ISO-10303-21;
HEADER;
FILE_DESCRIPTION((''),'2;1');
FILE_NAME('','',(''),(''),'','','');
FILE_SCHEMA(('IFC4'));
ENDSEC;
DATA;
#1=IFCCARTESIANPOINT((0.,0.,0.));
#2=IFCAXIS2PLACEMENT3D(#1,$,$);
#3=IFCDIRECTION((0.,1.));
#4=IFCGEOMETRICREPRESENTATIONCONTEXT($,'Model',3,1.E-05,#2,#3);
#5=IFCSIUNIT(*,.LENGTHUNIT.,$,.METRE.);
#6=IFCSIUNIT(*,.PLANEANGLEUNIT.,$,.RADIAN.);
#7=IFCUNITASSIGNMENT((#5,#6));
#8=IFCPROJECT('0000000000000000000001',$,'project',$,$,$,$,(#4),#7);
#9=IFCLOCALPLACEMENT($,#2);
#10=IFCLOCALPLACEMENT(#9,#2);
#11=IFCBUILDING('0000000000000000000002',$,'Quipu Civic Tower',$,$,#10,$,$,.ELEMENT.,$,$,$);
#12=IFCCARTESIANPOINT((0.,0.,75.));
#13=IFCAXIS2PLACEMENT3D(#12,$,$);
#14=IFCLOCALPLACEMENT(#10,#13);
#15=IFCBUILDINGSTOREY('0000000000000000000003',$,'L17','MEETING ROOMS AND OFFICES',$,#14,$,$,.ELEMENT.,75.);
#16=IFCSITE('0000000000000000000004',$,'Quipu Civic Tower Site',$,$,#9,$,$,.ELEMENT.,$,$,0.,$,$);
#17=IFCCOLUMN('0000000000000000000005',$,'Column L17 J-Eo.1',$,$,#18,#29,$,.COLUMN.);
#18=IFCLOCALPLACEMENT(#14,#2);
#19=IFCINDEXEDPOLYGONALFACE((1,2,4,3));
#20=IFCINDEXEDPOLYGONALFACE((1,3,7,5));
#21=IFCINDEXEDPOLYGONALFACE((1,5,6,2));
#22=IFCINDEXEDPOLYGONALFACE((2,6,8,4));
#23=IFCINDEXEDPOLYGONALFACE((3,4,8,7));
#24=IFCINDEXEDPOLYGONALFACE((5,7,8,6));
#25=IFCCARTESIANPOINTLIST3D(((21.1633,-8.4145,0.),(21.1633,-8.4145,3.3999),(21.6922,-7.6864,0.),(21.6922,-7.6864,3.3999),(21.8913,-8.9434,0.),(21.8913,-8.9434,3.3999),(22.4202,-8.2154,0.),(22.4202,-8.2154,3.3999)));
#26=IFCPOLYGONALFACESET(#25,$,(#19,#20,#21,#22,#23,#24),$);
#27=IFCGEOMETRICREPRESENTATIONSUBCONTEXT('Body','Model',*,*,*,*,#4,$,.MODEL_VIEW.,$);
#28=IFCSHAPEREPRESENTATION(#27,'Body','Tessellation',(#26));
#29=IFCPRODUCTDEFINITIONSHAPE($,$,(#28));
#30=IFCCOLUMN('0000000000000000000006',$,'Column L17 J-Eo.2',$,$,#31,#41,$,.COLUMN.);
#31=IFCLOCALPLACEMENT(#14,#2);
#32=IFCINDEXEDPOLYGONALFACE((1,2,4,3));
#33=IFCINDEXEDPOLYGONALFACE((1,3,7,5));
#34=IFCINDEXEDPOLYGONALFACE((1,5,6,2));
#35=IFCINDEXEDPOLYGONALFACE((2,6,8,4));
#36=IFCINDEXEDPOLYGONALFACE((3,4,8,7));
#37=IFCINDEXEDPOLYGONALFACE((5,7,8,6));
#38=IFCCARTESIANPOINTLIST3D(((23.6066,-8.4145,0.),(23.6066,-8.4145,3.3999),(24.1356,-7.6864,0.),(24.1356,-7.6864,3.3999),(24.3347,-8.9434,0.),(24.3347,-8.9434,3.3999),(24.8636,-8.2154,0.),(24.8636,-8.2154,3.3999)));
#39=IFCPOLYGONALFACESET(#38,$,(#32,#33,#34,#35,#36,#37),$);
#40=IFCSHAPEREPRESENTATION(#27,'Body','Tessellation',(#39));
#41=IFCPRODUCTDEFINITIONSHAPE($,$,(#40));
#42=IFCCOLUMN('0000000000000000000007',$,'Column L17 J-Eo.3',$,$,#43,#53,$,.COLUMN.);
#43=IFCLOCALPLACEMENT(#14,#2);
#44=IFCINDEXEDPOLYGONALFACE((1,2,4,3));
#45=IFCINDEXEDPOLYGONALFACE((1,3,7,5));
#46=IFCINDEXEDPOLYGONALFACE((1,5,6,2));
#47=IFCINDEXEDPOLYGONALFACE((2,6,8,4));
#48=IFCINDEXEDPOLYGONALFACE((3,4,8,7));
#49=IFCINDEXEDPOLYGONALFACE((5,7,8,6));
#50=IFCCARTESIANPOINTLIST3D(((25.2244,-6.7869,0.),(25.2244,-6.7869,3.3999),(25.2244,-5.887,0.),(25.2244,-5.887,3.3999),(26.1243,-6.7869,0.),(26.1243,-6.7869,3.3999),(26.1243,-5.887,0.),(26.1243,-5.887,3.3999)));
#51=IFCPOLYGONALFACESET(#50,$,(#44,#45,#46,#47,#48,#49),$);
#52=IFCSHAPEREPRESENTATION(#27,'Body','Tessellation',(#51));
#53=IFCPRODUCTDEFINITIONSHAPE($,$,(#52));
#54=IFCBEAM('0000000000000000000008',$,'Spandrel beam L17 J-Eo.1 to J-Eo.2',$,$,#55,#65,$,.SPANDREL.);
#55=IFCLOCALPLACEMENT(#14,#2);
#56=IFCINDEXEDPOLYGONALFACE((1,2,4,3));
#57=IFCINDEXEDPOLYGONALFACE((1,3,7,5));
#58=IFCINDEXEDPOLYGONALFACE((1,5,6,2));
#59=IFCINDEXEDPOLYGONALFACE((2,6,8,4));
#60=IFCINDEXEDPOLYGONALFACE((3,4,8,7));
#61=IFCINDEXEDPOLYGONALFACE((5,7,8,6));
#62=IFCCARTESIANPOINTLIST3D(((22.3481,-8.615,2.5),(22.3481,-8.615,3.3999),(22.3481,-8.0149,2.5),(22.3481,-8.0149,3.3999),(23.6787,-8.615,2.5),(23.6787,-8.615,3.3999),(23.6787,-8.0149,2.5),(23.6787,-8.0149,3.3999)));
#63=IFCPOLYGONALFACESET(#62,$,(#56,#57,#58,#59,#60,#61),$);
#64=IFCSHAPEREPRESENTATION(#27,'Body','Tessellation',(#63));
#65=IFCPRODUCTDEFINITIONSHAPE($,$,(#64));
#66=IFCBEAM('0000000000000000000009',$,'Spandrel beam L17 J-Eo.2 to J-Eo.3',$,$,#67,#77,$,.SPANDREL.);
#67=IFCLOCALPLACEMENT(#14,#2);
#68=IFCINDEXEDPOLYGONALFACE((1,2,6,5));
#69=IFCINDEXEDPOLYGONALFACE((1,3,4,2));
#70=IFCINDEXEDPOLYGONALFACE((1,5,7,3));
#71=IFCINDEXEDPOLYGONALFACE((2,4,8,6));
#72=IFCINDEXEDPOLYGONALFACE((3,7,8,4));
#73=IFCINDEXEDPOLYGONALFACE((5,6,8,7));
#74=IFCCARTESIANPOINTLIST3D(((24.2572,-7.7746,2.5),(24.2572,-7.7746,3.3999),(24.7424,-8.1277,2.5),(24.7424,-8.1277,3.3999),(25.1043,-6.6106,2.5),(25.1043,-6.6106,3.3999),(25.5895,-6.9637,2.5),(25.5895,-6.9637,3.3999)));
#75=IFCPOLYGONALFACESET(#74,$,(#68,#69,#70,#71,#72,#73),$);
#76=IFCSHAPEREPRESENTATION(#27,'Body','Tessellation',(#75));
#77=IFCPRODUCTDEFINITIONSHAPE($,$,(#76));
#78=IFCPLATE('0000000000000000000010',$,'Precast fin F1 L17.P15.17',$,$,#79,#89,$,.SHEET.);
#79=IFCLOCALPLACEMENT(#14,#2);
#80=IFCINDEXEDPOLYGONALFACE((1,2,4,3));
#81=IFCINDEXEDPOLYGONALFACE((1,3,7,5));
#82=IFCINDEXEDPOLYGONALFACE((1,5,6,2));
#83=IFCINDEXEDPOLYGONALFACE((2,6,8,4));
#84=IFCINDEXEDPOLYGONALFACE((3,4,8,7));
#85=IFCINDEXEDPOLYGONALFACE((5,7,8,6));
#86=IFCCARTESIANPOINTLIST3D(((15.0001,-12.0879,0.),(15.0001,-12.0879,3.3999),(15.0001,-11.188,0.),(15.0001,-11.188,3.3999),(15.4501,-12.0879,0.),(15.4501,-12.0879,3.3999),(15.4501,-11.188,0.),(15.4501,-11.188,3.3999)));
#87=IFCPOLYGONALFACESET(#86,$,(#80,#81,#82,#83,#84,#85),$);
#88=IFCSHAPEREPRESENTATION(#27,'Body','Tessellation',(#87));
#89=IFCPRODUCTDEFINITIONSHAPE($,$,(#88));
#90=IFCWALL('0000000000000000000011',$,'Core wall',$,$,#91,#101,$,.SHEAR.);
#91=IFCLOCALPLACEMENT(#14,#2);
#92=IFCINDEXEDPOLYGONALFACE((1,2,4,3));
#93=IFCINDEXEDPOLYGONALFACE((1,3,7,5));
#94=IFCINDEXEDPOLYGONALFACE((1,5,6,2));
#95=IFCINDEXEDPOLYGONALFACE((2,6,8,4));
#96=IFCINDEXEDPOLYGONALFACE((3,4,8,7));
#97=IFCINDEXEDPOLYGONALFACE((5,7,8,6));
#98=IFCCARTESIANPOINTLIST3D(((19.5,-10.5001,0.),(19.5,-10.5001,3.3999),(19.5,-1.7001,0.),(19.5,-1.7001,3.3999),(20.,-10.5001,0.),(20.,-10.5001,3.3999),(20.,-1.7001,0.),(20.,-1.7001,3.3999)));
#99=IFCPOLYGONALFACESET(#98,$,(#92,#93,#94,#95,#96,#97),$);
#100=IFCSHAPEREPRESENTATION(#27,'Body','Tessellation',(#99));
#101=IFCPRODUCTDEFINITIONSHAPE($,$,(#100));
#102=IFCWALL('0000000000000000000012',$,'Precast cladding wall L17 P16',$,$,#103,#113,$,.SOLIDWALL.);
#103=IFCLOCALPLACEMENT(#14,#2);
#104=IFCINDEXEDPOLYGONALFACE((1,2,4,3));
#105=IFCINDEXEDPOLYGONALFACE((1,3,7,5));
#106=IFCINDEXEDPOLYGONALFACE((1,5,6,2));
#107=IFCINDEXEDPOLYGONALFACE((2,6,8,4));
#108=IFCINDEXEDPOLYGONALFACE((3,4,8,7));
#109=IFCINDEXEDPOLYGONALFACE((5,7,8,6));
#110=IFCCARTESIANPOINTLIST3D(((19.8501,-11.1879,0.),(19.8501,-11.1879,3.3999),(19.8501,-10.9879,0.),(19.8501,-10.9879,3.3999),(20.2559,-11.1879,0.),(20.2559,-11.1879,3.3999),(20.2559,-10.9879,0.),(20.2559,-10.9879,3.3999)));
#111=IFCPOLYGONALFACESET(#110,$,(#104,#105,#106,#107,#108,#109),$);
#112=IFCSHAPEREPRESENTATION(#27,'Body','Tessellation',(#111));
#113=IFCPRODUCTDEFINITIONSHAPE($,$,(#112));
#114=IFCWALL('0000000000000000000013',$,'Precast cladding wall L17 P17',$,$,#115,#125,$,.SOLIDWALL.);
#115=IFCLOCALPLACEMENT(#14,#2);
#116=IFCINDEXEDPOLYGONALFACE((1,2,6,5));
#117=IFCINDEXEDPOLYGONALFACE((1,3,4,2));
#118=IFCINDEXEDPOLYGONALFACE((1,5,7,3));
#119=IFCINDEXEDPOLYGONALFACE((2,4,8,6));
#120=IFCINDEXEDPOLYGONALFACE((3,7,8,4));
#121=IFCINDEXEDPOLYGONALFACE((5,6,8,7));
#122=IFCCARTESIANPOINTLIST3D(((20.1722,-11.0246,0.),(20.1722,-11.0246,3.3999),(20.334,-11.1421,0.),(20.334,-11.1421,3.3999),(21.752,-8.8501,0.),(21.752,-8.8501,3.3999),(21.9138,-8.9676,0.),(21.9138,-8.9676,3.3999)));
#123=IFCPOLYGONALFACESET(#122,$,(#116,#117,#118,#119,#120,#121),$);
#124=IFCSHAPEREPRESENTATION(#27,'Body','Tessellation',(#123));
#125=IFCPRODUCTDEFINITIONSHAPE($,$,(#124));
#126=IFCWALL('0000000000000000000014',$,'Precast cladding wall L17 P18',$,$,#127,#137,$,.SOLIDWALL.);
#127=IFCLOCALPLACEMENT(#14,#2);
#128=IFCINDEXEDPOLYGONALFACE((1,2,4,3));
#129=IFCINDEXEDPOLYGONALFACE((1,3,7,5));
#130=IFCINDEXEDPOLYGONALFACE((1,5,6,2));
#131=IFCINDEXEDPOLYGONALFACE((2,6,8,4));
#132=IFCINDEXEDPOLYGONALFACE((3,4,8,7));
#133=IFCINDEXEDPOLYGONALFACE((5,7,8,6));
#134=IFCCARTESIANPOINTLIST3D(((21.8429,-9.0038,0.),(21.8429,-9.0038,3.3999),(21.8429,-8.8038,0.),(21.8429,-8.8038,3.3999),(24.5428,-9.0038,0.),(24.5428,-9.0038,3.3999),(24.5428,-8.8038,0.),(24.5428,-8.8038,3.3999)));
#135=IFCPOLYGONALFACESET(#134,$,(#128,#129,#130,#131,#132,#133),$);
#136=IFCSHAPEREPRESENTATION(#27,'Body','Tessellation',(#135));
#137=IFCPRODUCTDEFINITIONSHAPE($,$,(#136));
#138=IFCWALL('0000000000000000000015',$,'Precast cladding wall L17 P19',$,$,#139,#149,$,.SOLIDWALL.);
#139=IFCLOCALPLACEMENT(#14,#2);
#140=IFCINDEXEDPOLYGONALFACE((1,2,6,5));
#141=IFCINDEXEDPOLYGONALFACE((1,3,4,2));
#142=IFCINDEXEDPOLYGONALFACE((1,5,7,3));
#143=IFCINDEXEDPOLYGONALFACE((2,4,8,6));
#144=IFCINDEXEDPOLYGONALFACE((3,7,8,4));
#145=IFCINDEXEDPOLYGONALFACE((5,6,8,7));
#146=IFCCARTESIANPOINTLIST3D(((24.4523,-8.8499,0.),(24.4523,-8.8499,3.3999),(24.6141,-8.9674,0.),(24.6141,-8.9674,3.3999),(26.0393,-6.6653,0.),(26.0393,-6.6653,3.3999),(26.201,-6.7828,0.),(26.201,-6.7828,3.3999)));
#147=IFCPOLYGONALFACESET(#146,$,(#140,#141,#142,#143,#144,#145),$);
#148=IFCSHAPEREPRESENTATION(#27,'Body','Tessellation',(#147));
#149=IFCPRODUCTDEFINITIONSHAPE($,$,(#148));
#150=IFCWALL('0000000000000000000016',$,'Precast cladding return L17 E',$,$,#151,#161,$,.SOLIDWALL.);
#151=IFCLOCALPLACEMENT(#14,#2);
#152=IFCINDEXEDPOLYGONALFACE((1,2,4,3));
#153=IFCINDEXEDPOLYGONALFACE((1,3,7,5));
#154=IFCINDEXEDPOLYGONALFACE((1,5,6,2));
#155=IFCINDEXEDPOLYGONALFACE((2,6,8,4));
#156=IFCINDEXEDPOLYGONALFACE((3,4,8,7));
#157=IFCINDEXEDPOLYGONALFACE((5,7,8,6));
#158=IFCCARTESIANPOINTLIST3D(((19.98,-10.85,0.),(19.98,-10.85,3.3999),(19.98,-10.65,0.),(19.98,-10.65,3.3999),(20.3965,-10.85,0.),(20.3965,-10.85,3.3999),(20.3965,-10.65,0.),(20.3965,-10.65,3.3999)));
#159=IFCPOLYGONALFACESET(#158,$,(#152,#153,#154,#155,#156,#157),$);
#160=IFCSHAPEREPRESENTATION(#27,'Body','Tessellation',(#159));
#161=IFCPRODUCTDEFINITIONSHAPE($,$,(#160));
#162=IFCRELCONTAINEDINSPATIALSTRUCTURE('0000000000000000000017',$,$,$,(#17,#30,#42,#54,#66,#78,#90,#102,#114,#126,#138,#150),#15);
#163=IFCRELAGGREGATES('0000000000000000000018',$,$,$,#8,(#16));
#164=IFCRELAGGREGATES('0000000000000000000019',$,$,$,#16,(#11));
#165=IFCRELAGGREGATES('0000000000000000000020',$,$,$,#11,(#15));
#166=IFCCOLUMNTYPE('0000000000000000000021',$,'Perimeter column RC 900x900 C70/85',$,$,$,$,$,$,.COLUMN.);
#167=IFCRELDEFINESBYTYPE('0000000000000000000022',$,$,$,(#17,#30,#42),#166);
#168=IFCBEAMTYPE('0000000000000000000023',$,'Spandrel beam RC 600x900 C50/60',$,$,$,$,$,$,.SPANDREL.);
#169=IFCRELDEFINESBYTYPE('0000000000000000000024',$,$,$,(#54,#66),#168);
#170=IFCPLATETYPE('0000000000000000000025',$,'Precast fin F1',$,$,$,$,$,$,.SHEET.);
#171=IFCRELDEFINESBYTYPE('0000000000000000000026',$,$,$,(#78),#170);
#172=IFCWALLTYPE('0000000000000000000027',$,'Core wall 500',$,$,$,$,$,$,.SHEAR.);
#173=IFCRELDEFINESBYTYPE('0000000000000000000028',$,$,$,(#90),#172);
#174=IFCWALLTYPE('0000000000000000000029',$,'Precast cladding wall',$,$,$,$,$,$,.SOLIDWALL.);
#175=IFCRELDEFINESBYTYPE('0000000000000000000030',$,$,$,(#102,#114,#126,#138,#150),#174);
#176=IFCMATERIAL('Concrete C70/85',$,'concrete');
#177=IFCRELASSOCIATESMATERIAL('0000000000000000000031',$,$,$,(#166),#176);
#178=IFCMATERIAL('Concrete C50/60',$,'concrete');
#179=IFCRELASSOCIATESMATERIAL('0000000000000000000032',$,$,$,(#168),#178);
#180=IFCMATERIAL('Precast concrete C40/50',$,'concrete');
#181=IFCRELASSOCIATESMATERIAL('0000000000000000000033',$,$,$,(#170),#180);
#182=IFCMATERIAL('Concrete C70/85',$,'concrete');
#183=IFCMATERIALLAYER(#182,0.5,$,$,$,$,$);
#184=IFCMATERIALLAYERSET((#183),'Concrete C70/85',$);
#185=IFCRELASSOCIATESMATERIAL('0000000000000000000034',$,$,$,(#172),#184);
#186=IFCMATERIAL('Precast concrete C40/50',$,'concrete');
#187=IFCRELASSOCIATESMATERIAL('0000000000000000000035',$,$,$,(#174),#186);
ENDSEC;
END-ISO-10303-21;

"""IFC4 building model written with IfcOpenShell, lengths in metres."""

from ifc_helpers import new_model, si_unit, direction, frame, frame_2d, origin, origin_2d, place, context, subcontext, project, spatial, rectangle, extrude, material, layer, layer_set, material_profile, profile_set, type_object, element, save


model = new_model("IFC4")

# Units and contexts
model_context = context("Model", 3, precision=1e-05, world=origin(), true_north=direction((0.0, 1.0)))
body_context = subcontext(model_context, "Body", "Model", "MODEL_VIEW")
ifc_project = project(units=[si_unit("LENGTHUNIT", "METRE"), si_unit("PLANEANGLEUNIT", "RADIAN")], contexts=[model_context])

# Site, building, storey
site_placement = place(None, origin())
site = spatial("IfcSite", under=ifc_project, at=site_placement, Name="Quipu Civic Tower Site", CompositionType="ELEMENT", RefElevation=0.0)
building_placement = place(site_placement, origin())
building = spatial("IfcBuilding", under=site, at=building_placement, Name="Quipu Civic Tower", CompositionType="ELEMENT")
storey_placement = place(building_placement, frame((0.0, 0.0, 75.0)))
storey = spatial("IfcBuildingStorey", under=building, at=storey_placement, Name="L17", Description="MEETING ROOMS AND OFFICES", CompositionType="ELEMENT", Elevation=75.0)

# Columns
ifc_material_1 = material(Name="Concrete C70/85", Category="concrete")
ifc_material_profile_1 = material_profile(ifc_material_1, rectangle(XDim=0.8999, YDim=0.8999, at=origin_2d()), Name="RC900x900")
ifc_profile_set_1 = profile_set([ifc_material_profile_1], Name="Concrete C70/85")
column_type = type_object("IfcColumnType", Name="Perimeter column RC 900x900 C70/85", PredefinedType="COLUMN", material=ifc_profile_set_1)
for number, where, z_axis, x_axis, name in (
    (1, (21.7917, -8.3149, 0.0), (0.0, 0.0, 1.0), (0.587785, 0.809017, 0.0), "Column L17 J-Eo.1"),
    (2, (24.2351, -8.3149, 0.0), (0.0, 0.0, 1.0), (0.587785, 0.809017, 0.0), "Column L17 J-Eo.2"),
    (3, (25.6743, -6.3369, 0.0), (0.0, 0.0, 1.0), (1.0, 0.0, 0.0), "Column L17 J-Eo.3"),
):
    element("IfcColumn", number, at=place(storey_placement, frame(where, z_axis=z_axis, x_axis=x_axis)), inside=storey, type_object=column_type, Name=name, PredefinedType="COLUMN", context=body_context, shape_type="SweptSolid", body=[
        extrude(rectangle(XDim=0.8999, YDim=0.8999, at=origin_2d()), origin(), (0.0, 0.0, 1.0), 3.3999),
    ])

# Beams
ifc_material_2 = material(Name="Concrete C50/60", Category="concrete")
ifc_material_profile_2 = material_profile(ifc_material_2, rectangle(XDim=0.6001, YDim=0.8999, at=origin_2d()), Name="RC600x900")
ifc_profile_set_2 = profile_set([ifc_material_profile_2], Name="Concrete C50/60")
beam_type = type_object("IfcBeamType", Name="Spandrel beam RC 600x900 C50/60", PredefinedType="SPANDREL", material=ifc_profile_set_2)
beam_1_placement = place(storey_placement, frame((22.3481, -8.3149, 2.95), z_axis=(1.0, 0.0, 0.0), x_axis=(0.0, 1.0, 0.0)))
element("IfcBeam", 4, at=beam_1_placement, inside=storey, type_object=beam_type, Name="Spandrel beam L17 J-Eo.1 to J-Eo.2", PredefinedType="SPANDREL", context=body_context, shape_type="SweptSolid", body=[
    extrude(rectangle(XDim=0.6001, YDim=0.8999, at=origin_2d()), origin(), (0.0, 0.0, 1.0), 1.3306),
])
beam_2_placement = place(storey_placement, frame((24.4998, -7.9512, 2.95), z_axis=(0.588434, 0.808545, 0.0), x_axis=(-0.808545, 0.588434, 0.0)))
element("IfcBeam", 5, at=beam_2_placement, inside=storey, type_object=beam_type, Name="Spandrel beam L17 J-Eo.2 to J-Eo.3", PredefinedType="SPANDREL", context=body_context, shape_type="SweptSolid", body=[
    extrude(rectangle(XDim=0.6001, YDim=0.8999, at=origin_2d()), origin(), (0.0, 0.0, 1.0), 1.4397),
])

# Plate
ifc_material_3 = material(Name="Precast concrete C40/50", Category="concrete")
plate_type = type_object("IfcPlateType", Name="Precast fin F1", PredefinedType="SHEET", material=ifc_material_3)
plate_placement = place(storey_placement, frame((15.2251, -11.6379, 0.0), z_axis=(0.0, 0.0, 1.0), x_axis=(1.0, 0.0, 0.0)))
element("IfcPlate", 6, at=plate_placement, inside=storey, type_object=plate_type, Name="Precast fin F1 L17.P15.17", PredefinedType="SHEET", context=body_context, shape_type="SweptSolid", body=[
    extrude(rectangle(XDim=0.45, YDim=0.8999, at=origin_2d()), origin(), (0.0, 0.0, 1.0), 3.3999),
])

# Walls
ifc_material_4 = material(Name="Concrete C70/85", Category="concrete")
ifc_layer = layer(ifc_material_4, 0.5)
ifc_layer_set = layer_set([ifc_layer], Name="Concrete C70/85")
wall_type_1 = type_object("IfcWallType", Name="Core wall 500", PredefinedType="SHEAR", material=ifc_layer_set)
wall_1_placement = place(storey_placement, frame((19.75, -10.5, 0.0), z_axis=(0.0, 0.0, 1.0), x_axis=(0.0, 1.0, 0.0)))
element("IfcWall", 7, at=wall_1_placement, inside=storey, type_object=wall_type_1, Name="Core wall", PredefinedType="SHEAR", context=body_context, shape_type="SweptSolid", body=[
    extrude(rectangle(XDim=8.8, YDim=0.5, at=frame_2d((4.3999, 0.0))), origin(), (0.0, 0.0, 1.0), 3.3999),
])
ifc_material_5 = material(Name="Precast concrete C40/50", Category="concrete")
wall_type_2 = type_object("IfcWallType", Name="Precast cladding wall", PredefinedType="SOLIDWALL", material=ifc_material_5)
wall_2_placement = place(storey_placement, frame((19.8501, -11.0879, 0.0), z_axis=(0.0, 0.0, 1.0), x_axis=(1.0, 0.0, 0.0)))
element("IfcWall", 8, at=wall_2_placement, inside=storey, type_object=wall_type_2, Name="Precast cladding wall L17 P16", PredefinedType="SOLIDWALL", context=body_context, shape_type="SweptSolid", body=[
    extrude(rectangle(XDim=0.4058, YDim=0.2, at=frame_2d((0.2029, 0.0))), origin(), (0.0, 0.0, 1.0), 3.3999),
])
wall_3_placement = place(storey_placement, frame((20.2532, -11.0833, 0.0), z_axis=(0.0, 0.0, 1.0), x_axis=(0.587767, 0.809031, 0.0)))
element("IfcWall", 9, at=wall_3_placement, inside=storey, type_object=wall_type_2, Name="Precast cladding wall L17 P17", PredefinedType="SOLIDWALL", context=body_context, shape_type="SweptSolid", body=[
    extrude(rectangle(XDim=2.6877, YDim=0.2, at=frame_2d((1.3438, 0.0))), origin(), (0.0, 0.0, 1.0), 3.3999),
])
wall_4_placement = place(storey_placement, frame((21.8428, -8.9038, 0.0), z_axis=(0.0, 0.0, 1.0), x_axis=(1.0, 0.0, 0.0)))
element("IfcWall", 10, at=wall_4_placement, inside=storey, type_object=wall_type_2, Name="Precast cladding wall L17 P18", PredefinedType="SOLIDWALL", context=body_context, shape_type="SweptSolid", body=[
    extrude(rectangle(XDim=2.7, YDim=0.2, at=frame_2d((1.3501, 0.0))), origin(), (0.0, 0.0, 1.0), 3.3999),
])
wall_5_placement = place(storey_placement, frame((24.5332, -8.9087, 0.0), z_axis=(0.0, 0.0, 1.0), x_axis=(0.58772, 0.809064, 0.0)))
element("IfcWall", 11, at=wall_5_placement, inside=storey, type_object=wall_type_2, Name="Precast cladding wall L17 P19", PredefinedType="SOLIDWALL", context=body_context, shape_type="SweptSolid", body=[
    extrude(rectangle(XDim=2.7002, YDim=0.2, at=frame_2d((1.3501, 0.0))), origin(), (0.0, 0.0, 1.0), 3.3999),
])
wall_6_placement = place(storey_placement, frame((19.98, -10.75, 0.0), z_axis=(0.0, 0.0, 1.0), x_axis=(1.0, 0.0, 0.0)))
element("IfcWall", 12, at=wall_6_placement, inside=storey, type_object=wall_type_2, Name="Precast cladding return L17 E", PredefinedType="SOLIDWALL", context=body_context, shape_type="SweptSolid", body=[
    extrude(rectangle(XDim=0.4165, YDim=0.2, at=frame_2d((0.2083, 0.0))), origin(), (0.0, 0.0, 1.0), 3.3999),
])

save(model, "model.ifc")
